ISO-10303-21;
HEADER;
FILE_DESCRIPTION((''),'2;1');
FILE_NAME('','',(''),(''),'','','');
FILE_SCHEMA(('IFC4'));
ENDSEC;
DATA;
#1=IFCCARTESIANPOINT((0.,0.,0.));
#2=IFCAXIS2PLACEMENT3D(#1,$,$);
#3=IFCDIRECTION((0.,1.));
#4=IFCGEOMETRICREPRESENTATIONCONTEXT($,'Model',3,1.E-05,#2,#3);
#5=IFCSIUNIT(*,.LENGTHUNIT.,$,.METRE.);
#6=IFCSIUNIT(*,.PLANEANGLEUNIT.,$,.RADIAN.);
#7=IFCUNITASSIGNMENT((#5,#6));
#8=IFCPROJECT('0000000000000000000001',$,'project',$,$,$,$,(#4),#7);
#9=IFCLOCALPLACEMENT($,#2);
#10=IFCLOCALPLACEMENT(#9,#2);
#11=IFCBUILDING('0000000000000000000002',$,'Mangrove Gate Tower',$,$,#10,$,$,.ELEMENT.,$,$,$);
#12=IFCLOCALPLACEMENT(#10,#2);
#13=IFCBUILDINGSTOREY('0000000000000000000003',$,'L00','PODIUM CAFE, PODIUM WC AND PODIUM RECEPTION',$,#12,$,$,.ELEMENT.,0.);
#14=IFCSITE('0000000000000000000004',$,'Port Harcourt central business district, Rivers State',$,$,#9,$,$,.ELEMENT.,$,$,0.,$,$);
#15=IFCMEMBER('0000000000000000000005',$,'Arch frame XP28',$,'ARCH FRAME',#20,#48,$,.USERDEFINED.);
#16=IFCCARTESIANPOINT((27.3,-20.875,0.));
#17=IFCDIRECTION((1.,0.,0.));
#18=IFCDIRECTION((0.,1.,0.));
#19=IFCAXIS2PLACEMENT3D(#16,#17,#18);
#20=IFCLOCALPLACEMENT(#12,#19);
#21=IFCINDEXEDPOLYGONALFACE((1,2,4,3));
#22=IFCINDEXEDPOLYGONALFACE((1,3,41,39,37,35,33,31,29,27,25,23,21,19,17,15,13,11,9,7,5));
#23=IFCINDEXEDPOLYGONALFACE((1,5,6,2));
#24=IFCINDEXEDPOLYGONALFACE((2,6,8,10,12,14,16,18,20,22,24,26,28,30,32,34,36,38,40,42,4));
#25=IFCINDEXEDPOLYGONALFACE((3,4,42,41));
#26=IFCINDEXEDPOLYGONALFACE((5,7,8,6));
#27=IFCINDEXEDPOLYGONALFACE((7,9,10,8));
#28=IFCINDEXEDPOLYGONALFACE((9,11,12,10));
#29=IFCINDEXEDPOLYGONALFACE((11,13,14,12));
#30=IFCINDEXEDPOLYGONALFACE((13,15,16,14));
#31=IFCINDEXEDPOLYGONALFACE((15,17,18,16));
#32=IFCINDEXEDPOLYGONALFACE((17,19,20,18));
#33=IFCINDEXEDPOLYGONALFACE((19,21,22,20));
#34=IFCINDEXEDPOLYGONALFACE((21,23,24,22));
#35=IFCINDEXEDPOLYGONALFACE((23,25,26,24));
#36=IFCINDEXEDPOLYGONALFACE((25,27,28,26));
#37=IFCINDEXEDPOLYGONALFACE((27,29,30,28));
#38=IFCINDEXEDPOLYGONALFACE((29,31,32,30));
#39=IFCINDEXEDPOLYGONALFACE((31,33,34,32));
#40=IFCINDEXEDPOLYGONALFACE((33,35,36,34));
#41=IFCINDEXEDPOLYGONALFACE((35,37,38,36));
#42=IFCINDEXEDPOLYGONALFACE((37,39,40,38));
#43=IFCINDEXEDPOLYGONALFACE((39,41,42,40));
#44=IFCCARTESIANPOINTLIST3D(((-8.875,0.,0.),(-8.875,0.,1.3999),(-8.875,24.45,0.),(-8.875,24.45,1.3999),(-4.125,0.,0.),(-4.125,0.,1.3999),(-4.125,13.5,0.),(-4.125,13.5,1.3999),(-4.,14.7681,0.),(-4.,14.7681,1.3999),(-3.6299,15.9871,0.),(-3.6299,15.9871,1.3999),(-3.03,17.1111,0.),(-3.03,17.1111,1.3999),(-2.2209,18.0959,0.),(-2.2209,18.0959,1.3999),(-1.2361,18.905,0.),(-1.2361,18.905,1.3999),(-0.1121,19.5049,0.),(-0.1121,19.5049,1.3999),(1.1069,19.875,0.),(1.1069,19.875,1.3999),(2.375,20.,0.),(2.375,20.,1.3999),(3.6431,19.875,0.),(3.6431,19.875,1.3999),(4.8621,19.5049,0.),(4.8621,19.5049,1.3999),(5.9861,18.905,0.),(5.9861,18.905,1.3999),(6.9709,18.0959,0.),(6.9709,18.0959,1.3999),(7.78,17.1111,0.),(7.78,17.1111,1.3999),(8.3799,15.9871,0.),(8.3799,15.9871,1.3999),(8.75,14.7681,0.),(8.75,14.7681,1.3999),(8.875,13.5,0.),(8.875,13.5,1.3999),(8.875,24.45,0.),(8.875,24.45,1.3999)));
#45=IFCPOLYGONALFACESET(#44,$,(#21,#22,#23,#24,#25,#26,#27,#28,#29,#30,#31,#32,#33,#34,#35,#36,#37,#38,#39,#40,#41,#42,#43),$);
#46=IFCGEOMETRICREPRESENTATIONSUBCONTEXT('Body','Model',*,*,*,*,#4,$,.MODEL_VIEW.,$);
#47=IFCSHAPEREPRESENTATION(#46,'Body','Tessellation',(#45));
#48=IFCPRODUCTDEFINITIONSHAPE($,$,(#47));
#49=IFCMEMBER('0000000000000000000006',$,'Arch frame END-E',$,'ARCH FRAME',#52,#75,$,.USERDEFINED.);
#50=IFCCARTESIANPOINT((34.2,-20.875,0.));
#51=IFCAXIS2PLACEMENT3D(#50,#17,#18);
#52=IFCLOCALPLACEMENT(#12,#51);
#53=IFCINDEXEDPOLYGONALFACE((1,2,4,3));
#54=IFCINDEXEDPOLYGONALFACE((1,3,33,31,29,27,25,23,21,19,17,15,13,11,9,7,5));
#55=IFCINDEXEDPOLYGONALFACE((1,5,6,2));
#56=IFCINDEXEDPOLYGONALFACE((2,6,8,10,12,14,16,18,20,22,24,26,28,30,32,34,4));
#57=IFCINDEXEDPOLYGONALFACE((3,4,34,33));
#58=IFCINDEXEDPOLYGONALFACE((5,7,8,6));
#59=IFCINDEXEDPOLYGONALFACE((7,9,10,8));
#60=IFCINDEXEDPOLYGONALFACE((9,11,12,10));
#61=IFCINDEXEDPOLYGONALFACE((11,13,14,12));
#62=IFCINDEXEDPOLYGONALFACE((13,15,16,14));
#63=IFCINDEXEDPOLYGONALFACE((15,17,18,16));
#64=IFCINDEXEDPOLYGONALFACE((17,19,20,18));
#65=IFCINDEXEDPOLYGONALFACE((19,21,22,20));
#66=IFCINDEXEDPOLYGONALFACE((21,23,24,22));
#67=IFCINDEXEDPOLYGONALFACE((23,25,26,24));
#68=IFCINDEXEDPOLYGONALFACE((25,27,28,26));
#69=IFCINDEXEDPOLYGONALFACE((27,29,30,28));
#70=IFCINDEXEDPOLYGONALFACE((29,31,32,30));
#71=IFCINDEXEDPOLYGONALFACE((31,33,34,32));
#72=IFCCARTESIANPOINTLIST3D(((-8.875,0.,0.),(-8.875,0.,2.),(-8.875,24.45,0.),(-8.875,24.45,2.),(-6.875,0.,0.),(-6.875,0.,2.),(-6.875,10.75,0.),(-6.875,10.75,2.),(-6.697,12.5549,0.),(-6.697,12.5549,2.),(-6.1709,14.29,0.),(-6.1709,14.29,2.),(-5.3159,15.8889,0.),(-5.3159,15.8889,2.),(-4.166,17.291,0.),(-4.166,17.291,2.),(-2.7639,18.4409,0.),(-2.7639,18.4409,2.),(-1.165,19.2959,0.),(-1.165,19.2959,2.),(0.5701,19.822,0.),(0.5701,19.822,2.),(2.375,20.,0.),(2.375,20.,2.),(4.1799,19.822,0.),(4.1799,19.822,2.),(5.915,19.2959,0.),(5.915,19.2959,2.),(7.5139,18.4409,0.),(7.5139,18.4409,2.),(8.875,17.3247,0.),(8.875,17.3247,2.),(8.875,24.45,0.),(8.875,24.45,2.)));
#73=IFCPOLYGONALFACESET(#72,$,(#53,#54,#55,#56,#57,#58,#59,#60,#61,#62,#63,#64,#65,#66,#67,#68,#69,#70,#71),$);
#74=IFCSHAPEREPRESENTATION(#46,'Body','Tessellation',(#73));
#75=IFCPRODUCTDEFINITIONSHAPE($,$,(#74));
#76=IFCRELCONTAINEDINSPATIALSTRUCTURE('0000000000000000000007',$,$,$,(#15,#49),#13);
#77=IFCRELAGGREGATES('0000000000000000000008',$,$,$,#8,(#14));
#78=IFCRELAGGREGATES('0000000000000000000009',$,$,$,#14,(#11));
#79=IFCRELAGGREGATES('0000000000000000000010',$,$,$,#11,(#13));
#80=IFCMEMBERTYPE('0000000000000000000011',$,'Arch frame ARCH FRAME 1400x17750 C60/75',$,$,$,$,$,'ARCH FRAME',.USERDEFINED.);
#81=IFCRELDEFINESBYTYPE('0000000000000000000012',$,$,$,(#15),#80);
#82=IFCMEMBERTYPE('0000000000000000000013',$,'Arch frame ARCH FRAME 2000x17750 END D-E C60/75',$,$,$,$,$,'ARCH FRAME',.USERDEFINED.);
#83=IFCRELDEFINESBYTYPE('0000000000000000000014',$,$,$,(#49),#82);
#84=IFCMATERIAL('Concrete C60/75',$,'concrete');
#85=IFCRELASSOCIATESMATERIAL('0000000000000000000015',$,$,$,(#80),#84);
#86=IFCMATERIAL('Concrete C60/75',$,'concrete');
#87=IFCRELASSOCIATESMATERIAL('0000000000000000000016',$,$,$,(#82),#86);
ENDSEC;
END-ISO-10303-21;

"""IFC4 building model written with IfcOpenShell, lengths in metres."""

from ifc_helpers import new_model, si_unit, direction, frame, origin, place, context, subcontext, project, spatial, polyline, outline, extrude, material, material_profile, profile_set, type_object, element, save


model = new_model("IFC4")

# Units and contexts
model_context = context("Model", 3, precision=1e-05, world=origin(), true_north=direction((0.0, 1.0)))
body_context = subcontext(model_context, "Body", "Model", "MODEL_VIEW")
ifc_project = project(units=[si_unit("LENGTHUNIT", "METRE"), si_unit("PLANEANGLEUNIT", "RADIAN")], contexts=[model_context])

# Site, building, storey
site_placement = place(None, origin())
site = spatial("IfcSite", under=ifc_project, at=site_placement, Name="Port Harcourt central business district, Rivers State", CompositionType="ELEMENT", RefElevation=0.0)
building_placement = place(site_placement, origin())
building = spatial("IfcBuilding", under=site, at=building_placement, Name="Mangrove Gate Tower", CompositionType="ELEMENT")
storey_placement = place(building_placement, origin())
storey = spatial("IfcBuildingStorey", under=building, at=storey_placement, Name="L00", Description="PODIUM CAFE, PODIUM WC AND PODIUM RECEPTION", CompositionType="ELEMENT", Elevation=0.0)

# Members
ifc_material_1 = material(Name="Concrete C60/75", Category="concrete")
ifc_material_profile_1 = material_profile(ifc_material_1, outline(polyline([(-8.875, 0.0), (-4.125, 0.0), (-4.125, 13.5), (-4.0, 14.7681), (-3.6299, 15.9871), (-3.03, 17.1111), (-2.2209, 18.0959), (-1.2361, 18.905), (-0.1121, 19.5049), (1.1069, 19.875), (2.375, 20.0), (3.6431, 19.875), (4.8621, 19.5049), (5.9861, 18.905), (6.9709, 18.0959), (7.78, 17.1111), (8.3799, 15.9871), (8.75, 14.7681), (8.875, 13.5), (8.875, 24.45), (-8.875, 24.45), (-8.875, 0.0)])))
ifc_profile_set_1 = profile_set([ifc_material_profile_1], Name="Concrete C60/75")
member_type_1 = type_object("IfcMemberType", Name="Arch frame ARCH FRAME 1400x17750 C60/75", ElementType="ARCH FRAME", PredefinedType="USERDEFINED", material=ifc_profile_set_1)
member_1_placement = place(storey_placement, frame((27.3, -20.875, 0.0), z_axis=(1.0, 0.0, 0.0), x_axis=(0.0, 1.0, 0.0)))
element("IfcMember", 1, at=member_1_placement, inside=storey, type_object=member_type_1, Name="Arch frame XP28", ObjectType="ARCH FRAME", PredefinedType="USERDEFINED", context=body_context, shape_type="SweptSolid", body=[
    extrude(outline(polyline([(-8.875, 0.0), (-4.125, 0.0), (-4.125, 13.5), (-4.0, 14.7681), (-3.6299, 15.9871), (-3.03, 17.1111), (-2.2209, 18.0959), (-1.2361, 18.905), (-0.1121, 19.5049), (1.1069, 19.875), (2.375, 20.0), (3.6431, 19.875), (4.8621, 19.5049), (5.9861, 18.905), (6.9709, 18.0959), (7.78, 17.1111), (8.3799, 15.9871), (8.75, 14.7681), (8.875, 13.5), (8.875, 24.45), (-8.875, 24.45), (-8.875, 0.0)])), origin(), (0.0, 0.0, 1.0), 1.3999),
])
ifc_material_2 = material(Name="Concrete C60/75", Category="concrete")
ifc_material_profile_2 = material_profile(ifc_material_2, outline(polyline([(-8.875, 0.0), (-6.875, 0.0), (-6.875, 10.75), (-6.697, 12.5549), (-6.1709, 14.29), (-5.3159, 15.8889), (-4.166, 17.291), (-2.7639, 18.4409), (-1.165, 19.2959), (0.5701, 19.822), (2.375, 20.0), (4.1799, 19.822), (5.915, 19.2959), (7.5139, 18.4409), (8.875, 17.3247), (8.875, 24.45), (-8.875, 24.45), (-8.875, 0.0)])))
ifc_profile_set_2 = profile_set([ifc_material_profile_2], Name="Concrete C60/75")
member_type_2 = type_object("IfcMemberType", Name="Arch frame ARCH FRAME 2000x17750 END D-E C60/75", ElementType="ARCH FRAME", PredefinedType="USERDEFINED", material=ifc_profile_set_2)
member_2_placement = place(storey_placement, frame((34.2, -20.875, 0.0), z_axis=(1.0, 0.0, 0.0), x_axis=(0.0, 1.0, 0.0)))
element("IfcMember", 2, at=member_2_placement, inside=storey, type_object=member_type_2, Name="Arch frame END-E", ObjectType="ARCH FRAME", PredefinedType="USERDEFINED", context=body_context, shape_type="SweptSolid", body=[
    extrude(outline(polyline([(-8.875, 0.0), (-6.875, 0.0), (-6.875, 10.75), (-6.697, 12.5549), (-6.1709, 14.29), (-5.3159, 15.8889), (-4.166, 17.291), (-2.7639, 18.4409), (-1.165, 19.2959), (0.5701, 19.822), (2.375, 20.0), (4.1799, 19.822), (5.915, 19.2959), (7.5139, 18.4409), (8.875, 17.3247), (8.875, 24.45), (-8.875, 24.45), (-8.875, 0.0)])), origin(), (0.0, 0.0, 1.0), 2.0),
])

save(model, "model.ifc")
